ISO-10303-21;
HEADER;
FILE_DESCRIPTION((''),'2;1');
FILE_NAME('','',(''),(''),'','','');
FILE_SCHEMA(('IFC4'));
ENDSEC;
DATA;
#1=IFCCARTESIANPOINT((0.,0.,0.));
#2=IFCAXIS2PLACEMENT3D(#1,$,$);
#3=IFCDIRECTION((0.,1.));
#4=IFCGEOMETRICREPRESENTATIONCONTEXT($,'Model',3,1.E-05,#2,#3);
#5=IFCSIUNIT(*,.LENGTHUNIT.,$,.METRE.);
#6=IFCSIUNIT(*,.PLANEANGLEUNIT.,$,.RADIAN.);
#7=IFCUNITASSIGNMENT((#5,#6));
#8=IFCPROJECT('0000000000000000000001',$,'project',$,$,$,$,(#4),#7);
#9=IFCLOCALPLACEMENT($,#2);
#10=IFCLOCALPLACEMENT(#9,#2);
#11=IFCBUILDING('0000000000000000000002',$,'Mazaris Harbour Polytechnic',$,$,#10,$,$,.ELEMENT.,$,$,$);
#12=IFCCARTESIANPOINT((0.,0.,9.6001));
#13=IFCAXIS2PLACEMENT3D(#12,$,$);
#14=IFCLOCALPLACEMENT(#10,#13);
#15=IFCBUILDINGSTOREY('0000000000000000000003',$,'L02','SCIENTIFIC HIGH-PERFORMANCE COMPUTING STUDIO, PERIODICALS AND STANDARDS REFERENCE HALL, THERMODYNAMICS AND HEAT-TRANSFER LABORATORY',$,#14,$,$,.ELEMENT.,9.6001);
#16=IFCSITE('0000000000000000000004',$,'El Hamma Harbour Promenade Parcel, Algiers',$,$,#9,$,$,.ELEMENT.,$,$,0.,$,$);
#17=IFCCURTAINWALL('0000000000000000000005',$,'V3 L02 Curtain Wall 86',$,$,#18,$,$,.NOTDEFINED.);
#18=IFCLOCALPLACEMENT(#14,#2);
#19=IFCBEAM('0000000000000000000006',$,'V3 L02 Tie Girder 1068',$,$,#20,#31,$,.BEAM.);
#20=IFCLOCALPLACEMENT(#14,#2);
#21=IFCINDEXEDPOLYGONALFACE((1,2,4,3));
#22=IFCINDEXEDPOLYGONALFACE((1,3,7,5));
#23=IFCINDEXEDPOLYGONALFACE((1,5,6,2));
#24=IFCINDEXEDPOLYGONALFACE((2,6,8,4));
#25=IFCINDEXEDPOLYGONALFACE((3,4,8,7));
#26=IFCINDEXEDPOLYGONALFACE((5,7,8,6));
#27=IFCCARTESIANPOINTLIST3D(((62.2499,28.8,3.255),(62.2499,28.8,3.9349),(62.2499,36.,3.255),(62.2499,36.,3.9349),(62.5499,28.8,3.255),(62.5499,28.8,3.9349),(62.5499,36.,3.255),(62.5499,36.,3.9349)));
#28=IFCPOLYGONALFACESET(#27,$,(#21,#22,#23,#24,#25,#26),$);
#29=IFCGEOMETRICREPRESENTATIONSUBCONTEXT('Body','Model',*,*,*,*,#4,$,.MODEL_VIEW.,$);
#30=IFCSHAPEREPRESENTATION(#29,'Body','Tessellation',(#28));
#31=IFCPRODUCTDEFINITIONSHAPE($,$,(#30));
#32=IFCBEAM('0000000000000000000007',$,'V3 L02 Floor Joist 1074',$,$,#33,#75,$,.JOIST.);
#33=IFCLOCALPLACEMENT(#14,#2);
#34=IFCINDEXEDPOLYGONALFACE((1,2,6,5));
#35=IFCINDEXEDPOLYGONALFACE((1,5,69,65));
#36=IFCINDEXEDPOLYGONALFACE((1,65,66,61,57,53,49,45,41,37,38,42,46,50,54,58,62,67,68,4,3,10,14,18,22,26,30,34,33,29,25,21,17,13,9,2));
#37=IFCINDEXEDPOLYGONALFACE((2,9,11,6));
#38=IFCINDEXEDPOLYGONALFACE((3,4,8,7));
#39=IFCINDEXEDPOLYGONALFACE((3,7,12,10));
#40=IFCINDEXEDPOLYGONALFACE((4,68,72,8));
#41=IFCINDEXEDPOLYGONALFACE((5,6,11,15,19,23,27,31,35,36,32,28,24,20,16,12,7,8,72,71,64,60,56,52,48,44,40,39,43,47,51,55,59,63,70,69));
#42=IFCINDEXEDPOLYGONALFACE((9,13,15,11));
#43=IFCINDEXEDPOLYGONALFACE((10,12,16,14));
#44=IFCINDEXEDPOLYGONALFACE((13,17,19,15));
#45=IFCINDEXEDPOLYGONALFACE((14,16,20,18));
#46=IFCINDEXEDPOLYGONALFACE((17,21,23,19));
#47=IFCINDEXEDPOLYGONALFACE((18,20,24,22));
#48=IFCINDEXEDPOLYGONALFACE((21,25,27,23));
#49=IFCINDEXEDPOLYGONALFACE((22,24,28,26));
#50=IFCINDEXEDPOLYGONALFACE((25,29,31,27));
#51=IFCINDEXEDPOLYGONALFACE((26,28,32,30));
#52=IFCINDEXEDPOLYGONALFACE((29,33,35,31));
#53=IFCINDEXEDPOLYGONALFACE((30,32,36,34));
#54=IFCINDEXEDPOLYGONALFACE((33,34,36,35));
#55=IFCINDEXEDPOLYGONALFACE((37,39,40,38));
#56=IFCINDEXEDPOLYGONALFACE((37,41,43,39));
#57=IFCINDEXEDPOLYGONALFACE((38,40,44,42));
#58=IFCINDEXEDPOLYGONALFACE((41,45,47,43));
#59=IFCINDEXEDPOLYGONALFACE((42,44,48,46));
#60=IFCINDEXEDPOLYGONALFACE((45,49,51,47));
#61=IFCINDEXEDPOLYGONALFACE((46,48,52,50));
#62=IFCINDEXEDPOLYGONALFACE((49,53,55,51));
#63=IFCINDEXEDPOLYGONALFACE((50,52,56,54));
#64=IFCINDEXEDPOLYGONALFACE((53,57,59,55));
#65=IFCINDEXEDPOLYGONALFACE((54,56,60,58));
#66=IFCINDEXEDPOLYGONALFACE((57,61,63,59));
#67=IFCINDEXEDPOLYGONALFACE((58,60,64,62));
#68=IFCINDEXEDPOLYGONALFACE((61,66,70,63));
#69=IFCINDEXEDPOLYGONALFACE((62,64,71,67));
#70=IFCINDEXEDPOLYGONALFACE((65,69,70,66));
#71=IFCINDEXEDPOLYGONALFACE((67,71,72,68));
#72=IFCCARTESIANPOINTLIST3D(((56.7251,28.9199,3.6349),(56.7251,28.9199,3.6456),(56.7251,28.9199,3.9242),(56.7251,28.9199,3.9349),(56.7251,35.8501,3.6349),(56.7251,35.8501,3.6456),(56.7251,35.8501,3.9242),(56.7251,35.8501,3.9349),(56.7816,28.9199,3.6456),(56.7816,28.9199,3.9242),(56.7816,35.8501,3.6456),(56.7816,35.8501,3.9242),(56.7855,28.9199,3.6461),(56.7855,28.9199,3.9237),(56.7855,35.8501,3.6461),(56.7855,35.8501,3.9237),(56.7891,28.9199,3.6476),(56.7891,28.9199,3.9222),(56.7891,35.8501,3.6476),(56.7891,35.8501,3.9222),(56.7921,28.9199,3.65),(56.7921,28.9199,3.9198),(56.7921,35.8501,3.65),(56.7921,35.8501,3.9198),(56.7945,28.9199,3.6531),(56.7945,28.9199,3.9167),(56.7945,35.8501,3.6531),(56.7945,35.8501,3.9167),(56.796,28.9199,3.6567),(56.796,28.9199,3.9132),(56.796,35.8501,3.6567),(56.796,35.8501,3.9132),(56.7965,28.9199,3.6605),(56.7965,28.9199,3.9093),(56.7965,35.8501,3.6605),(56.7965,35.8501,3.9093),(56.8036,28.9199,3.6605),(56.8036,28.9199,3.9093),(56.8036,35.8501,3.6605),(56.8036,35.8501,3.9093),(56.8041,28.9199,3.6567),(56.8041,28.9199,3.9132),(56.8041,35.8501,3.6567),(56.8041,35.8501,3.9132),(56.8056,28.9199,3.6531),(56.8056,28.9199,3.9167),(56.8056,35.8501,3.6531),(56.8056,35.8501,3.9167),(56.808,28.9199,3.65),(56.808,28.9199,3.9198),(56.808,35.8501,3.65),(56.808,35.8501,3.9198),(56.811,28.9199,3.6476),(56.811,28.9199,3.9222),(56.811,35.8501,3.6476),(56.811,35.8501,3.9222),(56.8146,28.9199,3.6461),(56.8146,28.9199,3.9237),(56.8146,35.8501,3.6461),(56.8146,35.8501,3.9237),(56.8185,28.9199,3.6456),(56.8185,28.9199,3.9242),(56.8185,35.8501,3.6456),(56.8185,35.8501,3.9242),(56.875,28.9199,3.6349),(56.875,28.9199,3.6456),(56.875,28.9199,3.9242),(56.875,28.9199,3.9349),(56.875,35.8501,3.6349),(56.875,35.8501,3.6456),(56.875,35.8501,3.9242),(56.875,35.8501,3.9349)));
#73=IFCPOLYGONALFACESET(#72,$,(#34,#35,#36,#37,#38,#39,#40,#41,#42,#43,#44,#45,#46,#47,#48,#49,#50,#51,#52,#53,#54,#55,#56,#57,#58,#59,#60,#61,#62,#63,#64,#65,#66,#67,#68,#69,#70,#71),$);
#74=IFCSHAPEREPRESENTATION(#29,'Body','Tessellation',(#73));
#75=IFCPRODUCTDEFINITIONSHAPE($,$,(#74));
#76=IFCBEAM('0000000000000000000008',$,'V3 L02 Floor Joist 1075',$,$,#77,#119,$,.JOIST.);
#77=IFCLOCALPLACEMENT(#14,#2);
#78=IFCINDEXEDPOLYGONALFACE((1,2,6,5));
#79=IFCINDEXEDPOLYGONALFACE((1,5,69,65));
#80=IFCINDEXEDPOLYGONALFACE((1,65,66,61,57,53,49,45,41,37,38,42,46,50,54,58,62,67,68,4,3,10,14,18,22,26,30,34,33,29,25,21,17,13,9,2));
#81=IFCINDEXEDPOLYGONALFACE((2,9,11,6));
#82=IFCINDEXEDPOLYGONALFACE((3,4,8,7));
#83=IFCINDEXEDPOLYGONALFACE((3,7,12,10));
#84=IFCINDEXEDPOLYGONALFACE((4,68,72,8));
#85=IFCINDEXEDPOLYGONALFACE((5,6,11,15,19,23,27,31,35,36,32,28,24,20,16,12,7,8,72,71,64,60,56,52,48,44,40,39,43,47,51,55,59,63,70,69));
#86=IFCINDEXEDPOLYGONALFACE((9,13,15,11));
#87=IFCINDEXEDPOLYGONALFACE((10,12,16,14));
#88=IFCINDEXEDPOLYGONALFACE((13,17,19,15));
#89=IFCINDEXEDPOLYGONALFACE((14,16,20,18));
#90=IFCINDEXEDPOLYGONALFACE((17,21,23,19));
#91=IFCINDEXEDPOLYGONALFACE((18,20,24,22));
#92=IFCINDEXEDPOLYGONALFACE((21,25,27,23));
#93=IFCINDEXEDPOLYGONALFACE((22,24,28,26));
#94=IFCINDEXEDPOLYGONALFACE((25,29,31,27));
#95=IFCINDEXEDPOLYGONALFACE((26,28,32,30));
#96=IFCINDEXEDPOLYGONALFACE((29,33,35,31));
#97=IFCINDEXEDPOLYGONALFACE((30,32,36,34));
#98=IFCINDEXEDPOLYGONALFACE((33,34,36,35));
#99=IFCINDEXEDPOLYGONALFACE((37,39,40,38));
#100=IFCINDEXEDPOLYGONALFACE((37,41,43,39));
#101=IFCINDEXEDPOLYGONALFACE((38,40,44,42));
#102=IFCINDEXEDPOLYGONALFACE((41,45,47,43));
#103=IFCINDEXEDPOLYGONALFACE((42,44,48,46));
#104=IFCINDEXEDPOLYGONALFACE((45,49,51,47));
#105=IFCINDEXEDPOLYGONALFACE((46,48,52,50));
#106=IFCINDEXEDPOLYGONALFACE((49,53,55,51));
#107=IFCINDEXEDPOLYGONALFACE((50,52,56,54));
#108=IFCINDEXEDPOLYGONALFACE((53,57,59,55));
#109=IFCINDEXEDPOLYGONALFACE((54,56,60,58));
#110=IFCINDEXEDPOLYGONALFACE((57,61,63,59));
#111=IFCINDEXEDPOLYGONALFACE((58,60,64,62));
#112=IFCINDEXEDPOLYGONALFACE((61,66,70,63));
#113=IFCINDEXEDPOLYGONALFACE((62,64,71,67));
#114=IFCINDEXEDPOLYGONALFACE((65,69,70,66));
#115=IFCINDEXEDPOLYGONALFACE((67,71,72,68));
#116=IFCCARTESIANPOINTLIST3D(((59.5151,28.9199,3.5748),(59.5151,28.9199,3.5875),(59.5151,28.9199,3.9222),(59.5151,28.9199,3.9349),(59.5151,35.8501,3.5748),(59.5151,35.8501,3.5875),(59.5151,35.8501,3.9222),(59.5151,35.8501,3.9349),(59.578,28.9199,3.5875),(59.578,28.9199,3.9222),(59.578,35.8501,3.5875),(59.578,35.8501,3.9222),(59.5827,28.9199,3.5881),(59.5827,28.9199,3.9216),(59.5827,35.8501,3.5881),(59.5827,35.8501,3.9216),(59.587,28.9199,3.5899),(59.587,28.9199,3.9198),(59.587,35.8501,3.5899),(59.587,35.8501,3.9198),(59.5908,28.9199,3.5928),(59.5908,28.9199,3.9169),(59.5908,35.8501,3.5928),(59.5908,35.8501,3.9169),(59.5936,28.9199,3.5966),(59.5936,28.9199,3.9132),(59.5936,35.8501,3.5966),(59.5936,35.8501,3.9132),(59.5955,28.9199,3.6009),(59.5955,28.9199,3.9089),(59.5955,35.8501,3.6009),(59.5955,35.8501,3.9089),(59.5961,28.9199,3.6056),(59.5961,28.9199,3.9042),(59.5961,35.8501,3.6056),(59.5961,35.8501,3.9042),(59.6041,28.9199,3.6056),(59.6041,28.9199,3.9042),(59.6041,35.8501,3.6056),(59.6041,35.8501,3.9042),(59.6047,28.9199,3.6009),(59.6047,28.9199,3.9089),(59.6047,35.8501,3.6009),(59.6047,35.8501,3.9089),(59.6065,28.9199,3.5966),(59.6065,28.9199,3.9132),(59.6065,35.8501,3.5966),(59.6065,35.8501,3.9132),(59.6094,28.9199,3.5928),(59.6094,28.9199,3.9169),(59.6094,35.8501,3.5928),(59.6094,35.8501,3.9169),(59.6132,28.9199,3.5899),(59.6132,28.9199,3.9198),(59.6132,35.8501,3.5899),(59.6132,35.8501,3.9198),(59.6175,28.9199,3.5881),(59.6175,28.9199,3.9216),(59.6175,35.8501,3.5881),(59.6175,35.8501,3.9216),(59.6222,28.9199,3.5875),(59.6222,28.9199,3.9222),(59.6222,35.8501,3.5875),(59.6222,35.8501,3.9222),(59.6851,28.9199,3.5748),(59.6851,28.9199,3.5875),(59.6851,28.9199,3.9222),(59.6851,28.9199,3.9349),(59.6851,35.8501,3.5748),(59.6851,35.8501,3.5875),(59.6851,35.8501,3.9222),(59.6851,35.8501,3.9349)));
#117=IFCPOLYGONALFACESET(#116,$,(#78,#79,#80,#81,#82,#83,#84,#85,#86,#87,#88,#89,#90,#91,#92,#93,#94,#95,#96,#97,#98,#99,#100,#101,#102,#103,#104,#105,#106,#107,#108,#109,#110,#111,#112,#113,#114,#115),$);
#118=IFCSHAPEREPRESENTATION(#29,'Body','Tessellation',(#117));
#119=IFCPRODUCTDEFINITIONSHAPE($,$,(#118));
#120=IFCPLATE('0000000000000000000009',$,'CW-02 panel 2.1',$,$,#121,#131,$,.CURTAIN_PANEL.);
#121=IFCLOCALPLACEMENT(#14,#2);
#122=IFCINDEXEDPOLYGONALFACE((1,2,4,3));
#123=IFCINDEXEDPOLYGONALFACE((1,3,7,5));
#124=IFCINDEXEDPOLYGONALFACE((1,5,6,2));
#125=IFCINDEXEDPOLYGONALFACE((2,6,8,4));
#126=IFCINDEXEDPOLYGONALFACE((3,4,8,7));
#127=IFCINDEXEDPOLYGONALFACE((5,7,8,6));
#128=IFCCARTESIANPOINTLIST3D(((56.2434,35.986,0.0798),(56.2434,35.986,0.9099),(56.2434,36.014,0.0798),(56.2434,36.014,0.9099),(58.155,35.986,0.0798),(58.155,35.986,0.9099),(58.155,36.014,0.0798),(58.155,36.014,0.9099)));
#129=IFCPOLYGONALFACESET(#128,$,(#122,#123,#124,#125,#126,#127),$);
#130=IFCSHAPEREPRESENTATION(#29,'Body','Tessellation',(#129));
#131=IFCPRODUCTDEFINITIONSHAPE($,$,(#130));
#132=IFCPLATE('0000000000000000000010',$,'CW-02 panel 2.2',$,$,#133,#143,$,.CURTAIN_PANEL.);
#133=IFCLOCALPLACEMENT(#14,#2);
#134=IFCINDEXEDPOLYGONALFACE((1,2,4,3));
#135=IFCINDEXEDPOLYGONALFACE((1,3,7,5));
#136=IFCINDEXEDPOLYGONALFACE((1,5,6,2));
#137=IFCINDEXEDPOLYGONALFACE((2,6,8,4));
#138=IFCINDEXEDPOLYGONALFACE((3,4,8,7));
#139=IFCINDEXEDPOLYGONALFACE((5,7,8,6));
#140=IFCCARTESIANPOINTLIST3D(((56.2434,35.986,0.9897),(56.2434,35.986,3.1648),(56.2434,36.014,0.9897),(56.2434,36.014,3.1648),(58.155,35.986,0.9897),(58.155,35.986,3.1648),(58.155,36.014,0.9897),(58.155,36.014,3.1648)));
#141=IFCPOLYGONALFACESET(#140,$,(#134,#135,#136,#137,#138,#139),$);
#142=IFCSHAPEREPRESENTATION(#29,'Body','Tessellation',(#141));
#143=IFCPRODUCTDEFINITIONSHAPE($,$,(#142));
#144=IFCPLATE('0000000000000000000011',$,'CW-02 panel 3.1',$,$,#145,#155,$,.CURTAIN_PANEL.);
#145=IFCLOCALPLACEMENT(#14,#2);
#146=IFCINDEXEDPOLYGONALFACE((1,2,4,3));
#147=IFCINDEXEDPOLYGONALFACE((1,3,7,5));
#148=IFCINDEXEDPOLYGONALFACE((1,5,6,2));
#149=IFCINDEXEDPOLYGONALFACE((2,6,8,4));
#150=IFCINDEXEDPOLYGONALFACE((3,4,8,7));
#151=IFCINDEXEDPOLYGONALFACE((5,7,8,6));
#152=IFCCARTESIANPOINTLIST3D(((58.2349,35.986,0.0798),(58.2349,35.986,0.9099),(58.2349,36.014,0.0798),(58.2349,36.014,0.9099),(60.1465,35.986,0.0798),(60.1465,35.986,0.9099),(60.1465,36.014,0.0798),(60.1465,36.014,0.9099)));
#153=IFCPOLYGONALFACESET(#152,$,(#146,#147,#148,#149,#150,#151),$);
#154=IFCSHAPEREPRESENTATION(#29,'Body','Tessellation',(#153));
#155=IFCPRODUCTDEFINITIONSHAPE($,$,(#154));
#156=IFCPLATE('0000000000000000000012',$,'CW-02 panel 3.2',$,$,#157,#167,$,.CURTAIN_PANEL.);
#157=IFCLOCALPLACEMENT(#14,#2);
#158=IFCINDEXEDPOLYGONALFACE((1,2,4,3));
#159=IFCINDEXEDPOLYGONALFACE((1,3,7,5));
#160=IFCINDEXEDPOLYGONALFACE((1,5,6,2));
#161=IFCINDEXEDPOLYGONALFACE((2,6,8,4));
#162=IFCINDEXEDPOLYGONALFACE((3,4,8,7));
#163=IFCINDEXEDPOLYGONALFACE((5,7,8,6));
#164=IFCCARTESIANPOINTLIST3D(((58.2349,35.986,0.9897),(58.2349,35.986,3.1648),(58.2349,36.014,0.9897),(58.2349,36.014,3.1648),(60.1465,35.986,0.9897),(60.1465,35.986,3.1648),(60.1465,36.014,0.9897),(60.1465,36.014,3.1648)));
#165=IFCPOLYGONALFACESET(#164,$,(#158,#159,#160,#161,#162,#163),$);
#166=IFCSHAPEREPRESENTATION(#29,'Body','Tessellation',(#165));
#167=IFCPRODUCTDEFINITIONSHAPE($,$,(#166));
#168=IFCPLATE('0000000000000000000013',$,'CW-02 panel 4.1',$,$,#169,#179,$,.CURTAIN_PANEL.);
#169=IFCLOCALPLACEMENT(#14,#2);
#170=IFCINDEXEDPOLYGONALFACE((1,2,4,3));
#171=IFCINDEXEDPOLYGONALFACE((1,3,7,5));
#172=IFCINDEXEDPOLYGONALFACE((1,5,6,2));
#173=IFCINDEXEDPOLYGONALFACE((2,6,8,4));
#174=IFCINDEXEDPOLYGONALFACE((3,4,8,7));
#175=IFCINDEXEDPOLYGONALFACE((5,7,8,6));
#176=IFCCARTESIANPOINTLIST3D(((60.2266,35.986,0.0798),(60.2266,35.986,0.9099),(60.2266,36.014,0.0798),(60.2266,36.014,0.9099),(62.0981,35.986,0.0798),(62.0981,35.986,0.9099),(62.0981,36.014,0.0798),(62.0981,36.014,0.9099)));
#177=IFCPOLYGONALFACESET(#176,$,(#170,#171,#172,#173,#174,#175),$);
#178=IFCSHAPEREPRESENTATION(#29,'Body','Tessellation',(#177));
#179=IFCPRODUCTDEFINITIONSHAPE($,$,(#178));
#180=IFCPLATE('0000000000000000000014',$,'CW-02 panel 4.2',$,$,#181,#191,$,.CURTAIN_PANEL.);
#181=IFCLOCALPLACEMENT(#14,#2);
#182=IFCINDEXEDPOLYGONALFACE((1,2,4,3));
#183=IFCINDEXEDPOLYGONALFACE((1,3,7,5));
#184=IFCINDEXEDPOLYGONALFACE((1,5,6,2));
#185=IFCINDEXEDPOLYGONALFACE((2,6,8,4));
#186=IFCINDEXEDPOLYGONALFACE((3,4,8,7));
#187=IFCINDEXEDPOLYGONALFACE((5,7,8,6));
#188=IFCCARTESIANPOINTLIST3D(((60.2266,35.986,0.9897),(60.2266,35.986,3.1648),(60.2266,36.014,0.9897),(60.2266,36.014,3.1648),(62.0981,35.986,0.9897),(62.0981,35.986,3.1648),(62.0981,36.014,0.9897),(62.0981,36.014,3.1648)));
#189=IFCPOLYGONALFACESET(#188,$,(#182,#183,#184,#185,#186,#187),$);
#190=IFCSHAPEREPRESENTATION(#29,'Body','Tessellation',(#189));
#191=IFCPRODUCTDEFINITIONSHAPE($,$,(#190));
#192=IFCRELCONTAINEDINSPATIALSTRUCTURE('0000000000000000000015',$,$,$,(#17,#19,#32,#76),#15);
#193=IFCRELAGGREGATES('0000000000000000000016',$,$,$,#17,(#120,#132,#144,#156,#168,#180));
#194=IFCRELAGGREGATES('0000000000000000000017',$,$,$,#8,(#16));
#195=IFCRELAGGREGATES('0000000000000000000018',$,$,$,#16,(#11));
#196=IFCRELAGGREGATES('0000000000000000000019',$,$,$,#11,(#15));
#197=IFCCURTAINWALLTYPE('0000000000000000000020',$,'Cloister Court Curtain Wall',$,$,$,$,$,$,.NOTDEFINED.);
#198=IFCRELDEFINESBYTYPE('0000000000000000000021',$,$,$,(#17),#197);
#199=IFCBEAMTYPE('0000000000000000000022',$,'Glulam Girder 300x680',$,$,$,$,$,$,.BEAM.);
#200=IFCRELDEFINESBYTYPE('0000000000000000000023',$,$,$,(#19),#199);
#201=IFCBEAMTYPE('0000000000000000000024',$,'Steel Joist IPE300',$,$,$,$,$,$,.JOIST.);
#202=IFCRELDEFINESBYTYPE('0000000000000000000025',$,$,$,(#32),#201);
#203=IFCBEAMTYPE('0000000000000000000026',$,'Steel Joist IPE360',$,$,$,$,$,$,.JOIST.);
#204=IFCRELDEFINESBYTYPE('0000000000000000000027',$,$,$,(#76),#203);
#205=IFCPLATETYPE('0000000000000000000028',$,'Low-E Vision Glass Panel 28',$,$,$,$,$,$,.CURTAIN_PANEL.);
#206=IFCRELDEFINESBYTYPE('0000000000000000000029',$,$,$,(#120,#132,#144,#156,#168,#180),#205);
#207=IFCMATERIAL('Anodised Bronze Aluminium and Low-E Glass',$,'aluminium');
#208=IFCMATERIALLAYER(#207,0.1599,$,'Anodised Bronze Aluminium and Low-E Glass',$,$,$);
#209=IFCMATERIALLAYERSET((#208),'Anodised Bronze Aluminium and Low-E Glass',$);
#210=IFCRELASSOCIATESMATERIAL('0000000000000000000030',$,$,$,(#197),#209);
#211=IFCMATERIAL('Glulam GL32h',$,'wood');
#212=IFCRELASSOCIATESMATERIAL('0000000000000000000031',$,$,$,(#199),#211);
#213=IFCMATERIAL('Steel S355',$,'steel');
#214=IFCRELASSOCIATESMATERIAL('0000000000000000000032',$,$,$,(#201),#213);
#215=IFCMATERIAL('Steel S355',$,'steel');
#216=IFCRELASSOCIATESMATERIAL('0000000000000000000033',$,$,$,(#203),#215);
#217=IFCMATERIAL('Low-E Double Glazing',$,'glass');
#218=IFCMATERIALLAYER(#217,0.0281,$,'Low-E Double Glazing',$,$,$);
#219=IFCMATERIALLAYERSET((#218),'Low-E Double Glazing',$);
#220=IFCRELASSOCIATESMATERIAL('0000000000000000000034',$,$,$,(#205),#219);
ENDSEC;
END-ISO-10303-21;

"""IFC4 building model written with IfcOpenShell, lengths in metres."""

from ifc_helpers import new_model, si_unit, direction, frame, origin, origin_2d, place, context, subcontext, project, spatial, rectangle, i_section, extrude, material, layer, layer_set, material_profile, profile_set, type_object, element, aggregate, save


model = new_model("IFC4")

# Units and contexts
model_context = context("Model", 3, precision=1e-05, world=origin(), true_north=direction((0.0, 1.0)))
body_context = subcontext(model_context, "Body", "Model", "MODEL_VIEW")
ifc_project = project(units=[si_unit("LENGTHUNIT", "METRE"), si_unit("PLANEANGLEUNIT", "RADIAN")], contexts=[model_context])

# Site, building, storey
site_placement = place(None, origin())
site = spatial("IfcSite", under=ifc_project, at=site_placement, Name="El Hamma Harbour Promenade Parcel, Algiers", CompositionType="ELEMENT", RefElevation=0.0)
building_placement = place(site_placement, origin())
building = spatial("IfcBuilding", under=site, at=building_placement, Name="Mazaris Harbour Polytechnic", CompositionType="ELEMENT")
storey_placement = place(building_placement, frame((0.0, 0.0, 9.6001)))
storey = spatial("IfcBuildingStorey", under=building, at=storey_placement, Name="L02", Description="SCIENTIFIC HIGH-PERFORMANCE COMPUTING STUDIO, PERIODICALS AND STANDARDS REFERENCE HALL, THERMODYNAMICS AND HEAT-TRANSFER LABORATORY", CompositionType="ELEMENT", Elevation=9.6001)

# Curtain wall
ifc_material_1 = material(Name="Anodised Bronze Aluminium and Low-E Glass", Category="aluminium")
ifc_layer_1 = layer(ifc_material_1, 0.1599, Name="Anodised Bronze Aluminium and Low-E Glass")
ifc_layer_set_1 = layer_set([ifc_layer_1], Name="Anodised Bronze Aluminium and Low-E Glass")
curtain_wall_type = type_object("IfcCurtainWallType", Name="Cloister Court Curtain Wall", PredefinedType="NOTDEFINED", material=ifc_layer_set_1)
curtain_wall_placement = place(storey_placement, origin())
curtain_wall = element("IfcCurtainWall", 1, at=curtain_wall_placement, inside=storey, type_object=curtain_wall_type, Name="V3 L02 Curtain Wall 86", PredefinedType="NOTDEFINED")

# Beams
ifc_material_2 = material(Name="Glulam GL32h", Category="wood")
ifc_material_profile_1 = material_profile(ifc_material_2, rectangle(XDim=0.3, YDim=0.6799, at=origin_2d()), Name="RECT300x680")
ifc_profile_set_1 = profile_set([ifc_material_profile_1], Name="Glulam GL32h")
beam_type_1 = type_object("IfcBeamType", Name="Glulam Girder 300x680", PredefinedType="BEAM", material=ifc_profile_set_1)
beam_1_placement = place(storey_placement, frame((62.3999, 28.8, 3.595), z_axis=(0.0, 1.0, 0.0), x_axis=(-1.0, 0.0, 0.0)))
element("IfcBeam", 2, at=beam_1_placement, inside=storey, type_object=beam_type_1, Name="V3 L02 Tie Girder 1068", PredefinedType="BEAM", context=body_context, shape_type="SweptSolid", body=[
    extrude(rectangle(XDim=0.3, YDim=0.6799, at=origin_2d()), origin(), (0.0, 0.0, 1.0), 7.2),
])
ifc_material_3 = material(Name="Steel S355", Category="steel")
ifc_material_profile_2 = material_profile(ifc_material_3, i_section(OverallWidth=0.1499, OverallDepth=0.3, WebThickness=0.0071, FlangeThickness=0.0107, FilletRadius=0.0149, at=origin_2d()), Name="IPE 300")
ifc_profile_set_2 = profile_set([ifc_material_profile_2], Name="Steel S355")
beam_type_2 = type_object("IfcBeamType", Name="Steel Joist IPE300", PredefinedType="JOIST", material=ifc_profile_set_2)
beam_2_placement = place(storey_placement, frame((56.8, 28.9199, 3.7849), z_axis=(0.0, 1.0, 0.0), x_axis=(-1.0, 0.0, 0.0)))
element("IfcBeam", 3, at=beam_2_placement, inside=storey, type_object=beam_type_2, Name="V3 L02 Floor Joist 1074", PredefinedType="JOIST", context=body_context, shape_type="SweptSolid", body=[
    extrude(i_section(OverallWidth=0.1499, OverallDepth=0.3, WebThickness=0.0071, FlangeThickness=0.0107, FilletRadius=0.0149, at=origin_2d()), origin(), (0.0, 0.0, 1.0), 6.9302),
])
ifc_material_4 = material(Name="Steel S355", Category="steel")
ifc_material_profile_3 = material_profile(ifc_material_4, i_section(OverallWidth=0.1699, OverallDepth=0.3601, WebThickness=0.0081, FlangeThickness=0.0127, FilletRadius=0.0181, at=origin_2d()), Name="IPE 360")
ifc_profile_set_3 = profile_set([ifc_material_profile_3], Name="Steel S355")
beam_type_3 = type_object("IfcBeamType", Name="Steel Joist IPE360", PredefinedType="JOIST", material=ifc_profile_set_3)
beam_3_placement = place(storey_placement, frame((59.6001, 28.9199, 3.7549), z_axis=(0.0, 1.0, 0.0), x_axis=(-1.0, 0.0, 0.0)))
element("IfcBeam", 4, at=beam_3_placement, inside=storey, type_object=beam_type_3, Name="V3 L02 Floor Joist 1075", PredefinedType="JOIST", context=body_context, shape_type="SweptSolid", body=[
    extrude(i_section(OverallWidth=0.1699, OverallDepth=0.3601, WebThickness=0.0081, FlangeThickness=0.0127, FilletRadius=0.0181, at=origin_2d()), origin(), (0.0, 0.0, 1.0), 6.9302),
])

# Plates
ifc_material_5 = material(Name="Low-E Double Glazing", Category="glass")
ifc_layer_2 = layer(ifc_material_5, 0.0281, Name="Low-E Double Glazing")
ifc_layer_set_2 = layer_set([ifc_layer_2], Name="Low-E Double Glazing")
plate_type = type_object("IfcPlateType", Name="Low-E Vision Glass Panel 28", PredefinedType="CURTAIN_PANEL", material=ifc_layer_set_2)
plate_1_placement = place(storey_placement, frame((57.1992, 36.0, 0.0798), z_axis=(0.0, 0.0, 1.0), x_axis=(1.0, 0.0, 0.0)))
plate_1 = element("IfcPlate", 5, at=plate_1_placement, type_object=plate_type, Name="CW-02 panel 2.1", PredefinedType="CURTAIN_PANEL", context=body_context, shape_type="SweptSolid", body=[
    extrude(rectangle(XDim=1.9116, YDim=0.0281, at=origin_2d()), origin(), (0.0, 0.0, 1.0), 0.8301),
])
plate_2_placement = place(storey_placement, frame((57.1992, 36.0, 0.9897), z_axis=(0.0, 0.0, 1.0), x_axis=(1.0, 0.0, 0.0)))
plate_2 = element("IfcPlate", 6, at=plate_2_placement, type_object=plate_type, Name="CW-02 panel 2.2", PredefinedType="CURTAIN_PANEL", context=body_context, shape_type="SweptSolid", body=[
    extrude(rectangle(XDim=1.9116, YDim=0.0281, at=origin_2d()), origin(), (0.0, 0.0, 1.0), 2.175),
])
plate_3_placement = place(storey_placement, frame((59.1907, 36.0, 0.0798), z_axis=(0.0, 0.0, 1.0), x_axis=(1.0, 0.0, 0.0)))
plate_3 = element("IfcPlate", 7, at=plate_3_placement, type_object=plate_type, Name="CW-02 panel 3.1", PredefinedType="CURTAIN_PANEL", context=body_context, shape_type="SweptSolid", body=[
    extrude(rectangle(XDim=1.9116, YDim=0.0281, at=origin_2d()), origin(), (0.0, 0.0, 1.0), 0.8301),
])
plate_4_placement = place(storey_placement, frame((59.1907, 36.0, 0.9897), z_axis=(0.0, 0.0, 1.0), x_axis=(1.0, 0.0, 0.0)))
plate_4 = element("IfcPlate", 8, at=plate_4_placement, type_object=plate_type, Name="CW-02 panel 3.2", PredefinedType="CURTAIN_PANEL", context=body_context, shape_type="SweptSolid", body=[
    extrude(rectangle(XDim=1.9116, YDim=0.0281, at=origin_2d()), origin(), (0.0, 0.0, 1.0), 2.175),
])
plate_5_placement = place(storey_placement, frame((61.1624, 36.0, 0.0798), z_axis=(0.0, 0.0, 1.0), x_axis=(1.0, 0.0, 0.0)))
plate_5 = element("IfcPlate", 9, at=plate_5_placement, type_object=plate_type, Name="CW-02 panel 4.1", PredefinedType="CURTAIN_PANEL", context=body_context, shape_type="SweptSolid", body=[
    extrude(rectangle(XDim=1.8716, YDim=0.0281, at=origin_2d()), origin(), (0.0, 0.0, 1.0), 0.8301),
])
plate_6_placement = place(storey_placement, frame((61.1624, 36.0, 0.9897), z_axis=(0.0, 0.0, 1.0), x_axis=(1.0, 0.0, 0.0)))
plate_6 = element("IfcPlate", 10, at=plate_6_placement, type_object=plate_type, Name="CW-02 panel 4.2", PredefinedType="CURTAIN_PANEL", context=body_context, shape_type="SweptSolid", body=[
    extrude(rectangle(XDim=1.8716, YDim=0.0281, at=origin_2d()), origin(), (0.0, 0.0, 1.0), 2.175),
])
aggregate(curtain_wall, [plate_1, plate_2, plate_3, plate_4, plate_5, plate_6])

save(model, "model.ifc")
